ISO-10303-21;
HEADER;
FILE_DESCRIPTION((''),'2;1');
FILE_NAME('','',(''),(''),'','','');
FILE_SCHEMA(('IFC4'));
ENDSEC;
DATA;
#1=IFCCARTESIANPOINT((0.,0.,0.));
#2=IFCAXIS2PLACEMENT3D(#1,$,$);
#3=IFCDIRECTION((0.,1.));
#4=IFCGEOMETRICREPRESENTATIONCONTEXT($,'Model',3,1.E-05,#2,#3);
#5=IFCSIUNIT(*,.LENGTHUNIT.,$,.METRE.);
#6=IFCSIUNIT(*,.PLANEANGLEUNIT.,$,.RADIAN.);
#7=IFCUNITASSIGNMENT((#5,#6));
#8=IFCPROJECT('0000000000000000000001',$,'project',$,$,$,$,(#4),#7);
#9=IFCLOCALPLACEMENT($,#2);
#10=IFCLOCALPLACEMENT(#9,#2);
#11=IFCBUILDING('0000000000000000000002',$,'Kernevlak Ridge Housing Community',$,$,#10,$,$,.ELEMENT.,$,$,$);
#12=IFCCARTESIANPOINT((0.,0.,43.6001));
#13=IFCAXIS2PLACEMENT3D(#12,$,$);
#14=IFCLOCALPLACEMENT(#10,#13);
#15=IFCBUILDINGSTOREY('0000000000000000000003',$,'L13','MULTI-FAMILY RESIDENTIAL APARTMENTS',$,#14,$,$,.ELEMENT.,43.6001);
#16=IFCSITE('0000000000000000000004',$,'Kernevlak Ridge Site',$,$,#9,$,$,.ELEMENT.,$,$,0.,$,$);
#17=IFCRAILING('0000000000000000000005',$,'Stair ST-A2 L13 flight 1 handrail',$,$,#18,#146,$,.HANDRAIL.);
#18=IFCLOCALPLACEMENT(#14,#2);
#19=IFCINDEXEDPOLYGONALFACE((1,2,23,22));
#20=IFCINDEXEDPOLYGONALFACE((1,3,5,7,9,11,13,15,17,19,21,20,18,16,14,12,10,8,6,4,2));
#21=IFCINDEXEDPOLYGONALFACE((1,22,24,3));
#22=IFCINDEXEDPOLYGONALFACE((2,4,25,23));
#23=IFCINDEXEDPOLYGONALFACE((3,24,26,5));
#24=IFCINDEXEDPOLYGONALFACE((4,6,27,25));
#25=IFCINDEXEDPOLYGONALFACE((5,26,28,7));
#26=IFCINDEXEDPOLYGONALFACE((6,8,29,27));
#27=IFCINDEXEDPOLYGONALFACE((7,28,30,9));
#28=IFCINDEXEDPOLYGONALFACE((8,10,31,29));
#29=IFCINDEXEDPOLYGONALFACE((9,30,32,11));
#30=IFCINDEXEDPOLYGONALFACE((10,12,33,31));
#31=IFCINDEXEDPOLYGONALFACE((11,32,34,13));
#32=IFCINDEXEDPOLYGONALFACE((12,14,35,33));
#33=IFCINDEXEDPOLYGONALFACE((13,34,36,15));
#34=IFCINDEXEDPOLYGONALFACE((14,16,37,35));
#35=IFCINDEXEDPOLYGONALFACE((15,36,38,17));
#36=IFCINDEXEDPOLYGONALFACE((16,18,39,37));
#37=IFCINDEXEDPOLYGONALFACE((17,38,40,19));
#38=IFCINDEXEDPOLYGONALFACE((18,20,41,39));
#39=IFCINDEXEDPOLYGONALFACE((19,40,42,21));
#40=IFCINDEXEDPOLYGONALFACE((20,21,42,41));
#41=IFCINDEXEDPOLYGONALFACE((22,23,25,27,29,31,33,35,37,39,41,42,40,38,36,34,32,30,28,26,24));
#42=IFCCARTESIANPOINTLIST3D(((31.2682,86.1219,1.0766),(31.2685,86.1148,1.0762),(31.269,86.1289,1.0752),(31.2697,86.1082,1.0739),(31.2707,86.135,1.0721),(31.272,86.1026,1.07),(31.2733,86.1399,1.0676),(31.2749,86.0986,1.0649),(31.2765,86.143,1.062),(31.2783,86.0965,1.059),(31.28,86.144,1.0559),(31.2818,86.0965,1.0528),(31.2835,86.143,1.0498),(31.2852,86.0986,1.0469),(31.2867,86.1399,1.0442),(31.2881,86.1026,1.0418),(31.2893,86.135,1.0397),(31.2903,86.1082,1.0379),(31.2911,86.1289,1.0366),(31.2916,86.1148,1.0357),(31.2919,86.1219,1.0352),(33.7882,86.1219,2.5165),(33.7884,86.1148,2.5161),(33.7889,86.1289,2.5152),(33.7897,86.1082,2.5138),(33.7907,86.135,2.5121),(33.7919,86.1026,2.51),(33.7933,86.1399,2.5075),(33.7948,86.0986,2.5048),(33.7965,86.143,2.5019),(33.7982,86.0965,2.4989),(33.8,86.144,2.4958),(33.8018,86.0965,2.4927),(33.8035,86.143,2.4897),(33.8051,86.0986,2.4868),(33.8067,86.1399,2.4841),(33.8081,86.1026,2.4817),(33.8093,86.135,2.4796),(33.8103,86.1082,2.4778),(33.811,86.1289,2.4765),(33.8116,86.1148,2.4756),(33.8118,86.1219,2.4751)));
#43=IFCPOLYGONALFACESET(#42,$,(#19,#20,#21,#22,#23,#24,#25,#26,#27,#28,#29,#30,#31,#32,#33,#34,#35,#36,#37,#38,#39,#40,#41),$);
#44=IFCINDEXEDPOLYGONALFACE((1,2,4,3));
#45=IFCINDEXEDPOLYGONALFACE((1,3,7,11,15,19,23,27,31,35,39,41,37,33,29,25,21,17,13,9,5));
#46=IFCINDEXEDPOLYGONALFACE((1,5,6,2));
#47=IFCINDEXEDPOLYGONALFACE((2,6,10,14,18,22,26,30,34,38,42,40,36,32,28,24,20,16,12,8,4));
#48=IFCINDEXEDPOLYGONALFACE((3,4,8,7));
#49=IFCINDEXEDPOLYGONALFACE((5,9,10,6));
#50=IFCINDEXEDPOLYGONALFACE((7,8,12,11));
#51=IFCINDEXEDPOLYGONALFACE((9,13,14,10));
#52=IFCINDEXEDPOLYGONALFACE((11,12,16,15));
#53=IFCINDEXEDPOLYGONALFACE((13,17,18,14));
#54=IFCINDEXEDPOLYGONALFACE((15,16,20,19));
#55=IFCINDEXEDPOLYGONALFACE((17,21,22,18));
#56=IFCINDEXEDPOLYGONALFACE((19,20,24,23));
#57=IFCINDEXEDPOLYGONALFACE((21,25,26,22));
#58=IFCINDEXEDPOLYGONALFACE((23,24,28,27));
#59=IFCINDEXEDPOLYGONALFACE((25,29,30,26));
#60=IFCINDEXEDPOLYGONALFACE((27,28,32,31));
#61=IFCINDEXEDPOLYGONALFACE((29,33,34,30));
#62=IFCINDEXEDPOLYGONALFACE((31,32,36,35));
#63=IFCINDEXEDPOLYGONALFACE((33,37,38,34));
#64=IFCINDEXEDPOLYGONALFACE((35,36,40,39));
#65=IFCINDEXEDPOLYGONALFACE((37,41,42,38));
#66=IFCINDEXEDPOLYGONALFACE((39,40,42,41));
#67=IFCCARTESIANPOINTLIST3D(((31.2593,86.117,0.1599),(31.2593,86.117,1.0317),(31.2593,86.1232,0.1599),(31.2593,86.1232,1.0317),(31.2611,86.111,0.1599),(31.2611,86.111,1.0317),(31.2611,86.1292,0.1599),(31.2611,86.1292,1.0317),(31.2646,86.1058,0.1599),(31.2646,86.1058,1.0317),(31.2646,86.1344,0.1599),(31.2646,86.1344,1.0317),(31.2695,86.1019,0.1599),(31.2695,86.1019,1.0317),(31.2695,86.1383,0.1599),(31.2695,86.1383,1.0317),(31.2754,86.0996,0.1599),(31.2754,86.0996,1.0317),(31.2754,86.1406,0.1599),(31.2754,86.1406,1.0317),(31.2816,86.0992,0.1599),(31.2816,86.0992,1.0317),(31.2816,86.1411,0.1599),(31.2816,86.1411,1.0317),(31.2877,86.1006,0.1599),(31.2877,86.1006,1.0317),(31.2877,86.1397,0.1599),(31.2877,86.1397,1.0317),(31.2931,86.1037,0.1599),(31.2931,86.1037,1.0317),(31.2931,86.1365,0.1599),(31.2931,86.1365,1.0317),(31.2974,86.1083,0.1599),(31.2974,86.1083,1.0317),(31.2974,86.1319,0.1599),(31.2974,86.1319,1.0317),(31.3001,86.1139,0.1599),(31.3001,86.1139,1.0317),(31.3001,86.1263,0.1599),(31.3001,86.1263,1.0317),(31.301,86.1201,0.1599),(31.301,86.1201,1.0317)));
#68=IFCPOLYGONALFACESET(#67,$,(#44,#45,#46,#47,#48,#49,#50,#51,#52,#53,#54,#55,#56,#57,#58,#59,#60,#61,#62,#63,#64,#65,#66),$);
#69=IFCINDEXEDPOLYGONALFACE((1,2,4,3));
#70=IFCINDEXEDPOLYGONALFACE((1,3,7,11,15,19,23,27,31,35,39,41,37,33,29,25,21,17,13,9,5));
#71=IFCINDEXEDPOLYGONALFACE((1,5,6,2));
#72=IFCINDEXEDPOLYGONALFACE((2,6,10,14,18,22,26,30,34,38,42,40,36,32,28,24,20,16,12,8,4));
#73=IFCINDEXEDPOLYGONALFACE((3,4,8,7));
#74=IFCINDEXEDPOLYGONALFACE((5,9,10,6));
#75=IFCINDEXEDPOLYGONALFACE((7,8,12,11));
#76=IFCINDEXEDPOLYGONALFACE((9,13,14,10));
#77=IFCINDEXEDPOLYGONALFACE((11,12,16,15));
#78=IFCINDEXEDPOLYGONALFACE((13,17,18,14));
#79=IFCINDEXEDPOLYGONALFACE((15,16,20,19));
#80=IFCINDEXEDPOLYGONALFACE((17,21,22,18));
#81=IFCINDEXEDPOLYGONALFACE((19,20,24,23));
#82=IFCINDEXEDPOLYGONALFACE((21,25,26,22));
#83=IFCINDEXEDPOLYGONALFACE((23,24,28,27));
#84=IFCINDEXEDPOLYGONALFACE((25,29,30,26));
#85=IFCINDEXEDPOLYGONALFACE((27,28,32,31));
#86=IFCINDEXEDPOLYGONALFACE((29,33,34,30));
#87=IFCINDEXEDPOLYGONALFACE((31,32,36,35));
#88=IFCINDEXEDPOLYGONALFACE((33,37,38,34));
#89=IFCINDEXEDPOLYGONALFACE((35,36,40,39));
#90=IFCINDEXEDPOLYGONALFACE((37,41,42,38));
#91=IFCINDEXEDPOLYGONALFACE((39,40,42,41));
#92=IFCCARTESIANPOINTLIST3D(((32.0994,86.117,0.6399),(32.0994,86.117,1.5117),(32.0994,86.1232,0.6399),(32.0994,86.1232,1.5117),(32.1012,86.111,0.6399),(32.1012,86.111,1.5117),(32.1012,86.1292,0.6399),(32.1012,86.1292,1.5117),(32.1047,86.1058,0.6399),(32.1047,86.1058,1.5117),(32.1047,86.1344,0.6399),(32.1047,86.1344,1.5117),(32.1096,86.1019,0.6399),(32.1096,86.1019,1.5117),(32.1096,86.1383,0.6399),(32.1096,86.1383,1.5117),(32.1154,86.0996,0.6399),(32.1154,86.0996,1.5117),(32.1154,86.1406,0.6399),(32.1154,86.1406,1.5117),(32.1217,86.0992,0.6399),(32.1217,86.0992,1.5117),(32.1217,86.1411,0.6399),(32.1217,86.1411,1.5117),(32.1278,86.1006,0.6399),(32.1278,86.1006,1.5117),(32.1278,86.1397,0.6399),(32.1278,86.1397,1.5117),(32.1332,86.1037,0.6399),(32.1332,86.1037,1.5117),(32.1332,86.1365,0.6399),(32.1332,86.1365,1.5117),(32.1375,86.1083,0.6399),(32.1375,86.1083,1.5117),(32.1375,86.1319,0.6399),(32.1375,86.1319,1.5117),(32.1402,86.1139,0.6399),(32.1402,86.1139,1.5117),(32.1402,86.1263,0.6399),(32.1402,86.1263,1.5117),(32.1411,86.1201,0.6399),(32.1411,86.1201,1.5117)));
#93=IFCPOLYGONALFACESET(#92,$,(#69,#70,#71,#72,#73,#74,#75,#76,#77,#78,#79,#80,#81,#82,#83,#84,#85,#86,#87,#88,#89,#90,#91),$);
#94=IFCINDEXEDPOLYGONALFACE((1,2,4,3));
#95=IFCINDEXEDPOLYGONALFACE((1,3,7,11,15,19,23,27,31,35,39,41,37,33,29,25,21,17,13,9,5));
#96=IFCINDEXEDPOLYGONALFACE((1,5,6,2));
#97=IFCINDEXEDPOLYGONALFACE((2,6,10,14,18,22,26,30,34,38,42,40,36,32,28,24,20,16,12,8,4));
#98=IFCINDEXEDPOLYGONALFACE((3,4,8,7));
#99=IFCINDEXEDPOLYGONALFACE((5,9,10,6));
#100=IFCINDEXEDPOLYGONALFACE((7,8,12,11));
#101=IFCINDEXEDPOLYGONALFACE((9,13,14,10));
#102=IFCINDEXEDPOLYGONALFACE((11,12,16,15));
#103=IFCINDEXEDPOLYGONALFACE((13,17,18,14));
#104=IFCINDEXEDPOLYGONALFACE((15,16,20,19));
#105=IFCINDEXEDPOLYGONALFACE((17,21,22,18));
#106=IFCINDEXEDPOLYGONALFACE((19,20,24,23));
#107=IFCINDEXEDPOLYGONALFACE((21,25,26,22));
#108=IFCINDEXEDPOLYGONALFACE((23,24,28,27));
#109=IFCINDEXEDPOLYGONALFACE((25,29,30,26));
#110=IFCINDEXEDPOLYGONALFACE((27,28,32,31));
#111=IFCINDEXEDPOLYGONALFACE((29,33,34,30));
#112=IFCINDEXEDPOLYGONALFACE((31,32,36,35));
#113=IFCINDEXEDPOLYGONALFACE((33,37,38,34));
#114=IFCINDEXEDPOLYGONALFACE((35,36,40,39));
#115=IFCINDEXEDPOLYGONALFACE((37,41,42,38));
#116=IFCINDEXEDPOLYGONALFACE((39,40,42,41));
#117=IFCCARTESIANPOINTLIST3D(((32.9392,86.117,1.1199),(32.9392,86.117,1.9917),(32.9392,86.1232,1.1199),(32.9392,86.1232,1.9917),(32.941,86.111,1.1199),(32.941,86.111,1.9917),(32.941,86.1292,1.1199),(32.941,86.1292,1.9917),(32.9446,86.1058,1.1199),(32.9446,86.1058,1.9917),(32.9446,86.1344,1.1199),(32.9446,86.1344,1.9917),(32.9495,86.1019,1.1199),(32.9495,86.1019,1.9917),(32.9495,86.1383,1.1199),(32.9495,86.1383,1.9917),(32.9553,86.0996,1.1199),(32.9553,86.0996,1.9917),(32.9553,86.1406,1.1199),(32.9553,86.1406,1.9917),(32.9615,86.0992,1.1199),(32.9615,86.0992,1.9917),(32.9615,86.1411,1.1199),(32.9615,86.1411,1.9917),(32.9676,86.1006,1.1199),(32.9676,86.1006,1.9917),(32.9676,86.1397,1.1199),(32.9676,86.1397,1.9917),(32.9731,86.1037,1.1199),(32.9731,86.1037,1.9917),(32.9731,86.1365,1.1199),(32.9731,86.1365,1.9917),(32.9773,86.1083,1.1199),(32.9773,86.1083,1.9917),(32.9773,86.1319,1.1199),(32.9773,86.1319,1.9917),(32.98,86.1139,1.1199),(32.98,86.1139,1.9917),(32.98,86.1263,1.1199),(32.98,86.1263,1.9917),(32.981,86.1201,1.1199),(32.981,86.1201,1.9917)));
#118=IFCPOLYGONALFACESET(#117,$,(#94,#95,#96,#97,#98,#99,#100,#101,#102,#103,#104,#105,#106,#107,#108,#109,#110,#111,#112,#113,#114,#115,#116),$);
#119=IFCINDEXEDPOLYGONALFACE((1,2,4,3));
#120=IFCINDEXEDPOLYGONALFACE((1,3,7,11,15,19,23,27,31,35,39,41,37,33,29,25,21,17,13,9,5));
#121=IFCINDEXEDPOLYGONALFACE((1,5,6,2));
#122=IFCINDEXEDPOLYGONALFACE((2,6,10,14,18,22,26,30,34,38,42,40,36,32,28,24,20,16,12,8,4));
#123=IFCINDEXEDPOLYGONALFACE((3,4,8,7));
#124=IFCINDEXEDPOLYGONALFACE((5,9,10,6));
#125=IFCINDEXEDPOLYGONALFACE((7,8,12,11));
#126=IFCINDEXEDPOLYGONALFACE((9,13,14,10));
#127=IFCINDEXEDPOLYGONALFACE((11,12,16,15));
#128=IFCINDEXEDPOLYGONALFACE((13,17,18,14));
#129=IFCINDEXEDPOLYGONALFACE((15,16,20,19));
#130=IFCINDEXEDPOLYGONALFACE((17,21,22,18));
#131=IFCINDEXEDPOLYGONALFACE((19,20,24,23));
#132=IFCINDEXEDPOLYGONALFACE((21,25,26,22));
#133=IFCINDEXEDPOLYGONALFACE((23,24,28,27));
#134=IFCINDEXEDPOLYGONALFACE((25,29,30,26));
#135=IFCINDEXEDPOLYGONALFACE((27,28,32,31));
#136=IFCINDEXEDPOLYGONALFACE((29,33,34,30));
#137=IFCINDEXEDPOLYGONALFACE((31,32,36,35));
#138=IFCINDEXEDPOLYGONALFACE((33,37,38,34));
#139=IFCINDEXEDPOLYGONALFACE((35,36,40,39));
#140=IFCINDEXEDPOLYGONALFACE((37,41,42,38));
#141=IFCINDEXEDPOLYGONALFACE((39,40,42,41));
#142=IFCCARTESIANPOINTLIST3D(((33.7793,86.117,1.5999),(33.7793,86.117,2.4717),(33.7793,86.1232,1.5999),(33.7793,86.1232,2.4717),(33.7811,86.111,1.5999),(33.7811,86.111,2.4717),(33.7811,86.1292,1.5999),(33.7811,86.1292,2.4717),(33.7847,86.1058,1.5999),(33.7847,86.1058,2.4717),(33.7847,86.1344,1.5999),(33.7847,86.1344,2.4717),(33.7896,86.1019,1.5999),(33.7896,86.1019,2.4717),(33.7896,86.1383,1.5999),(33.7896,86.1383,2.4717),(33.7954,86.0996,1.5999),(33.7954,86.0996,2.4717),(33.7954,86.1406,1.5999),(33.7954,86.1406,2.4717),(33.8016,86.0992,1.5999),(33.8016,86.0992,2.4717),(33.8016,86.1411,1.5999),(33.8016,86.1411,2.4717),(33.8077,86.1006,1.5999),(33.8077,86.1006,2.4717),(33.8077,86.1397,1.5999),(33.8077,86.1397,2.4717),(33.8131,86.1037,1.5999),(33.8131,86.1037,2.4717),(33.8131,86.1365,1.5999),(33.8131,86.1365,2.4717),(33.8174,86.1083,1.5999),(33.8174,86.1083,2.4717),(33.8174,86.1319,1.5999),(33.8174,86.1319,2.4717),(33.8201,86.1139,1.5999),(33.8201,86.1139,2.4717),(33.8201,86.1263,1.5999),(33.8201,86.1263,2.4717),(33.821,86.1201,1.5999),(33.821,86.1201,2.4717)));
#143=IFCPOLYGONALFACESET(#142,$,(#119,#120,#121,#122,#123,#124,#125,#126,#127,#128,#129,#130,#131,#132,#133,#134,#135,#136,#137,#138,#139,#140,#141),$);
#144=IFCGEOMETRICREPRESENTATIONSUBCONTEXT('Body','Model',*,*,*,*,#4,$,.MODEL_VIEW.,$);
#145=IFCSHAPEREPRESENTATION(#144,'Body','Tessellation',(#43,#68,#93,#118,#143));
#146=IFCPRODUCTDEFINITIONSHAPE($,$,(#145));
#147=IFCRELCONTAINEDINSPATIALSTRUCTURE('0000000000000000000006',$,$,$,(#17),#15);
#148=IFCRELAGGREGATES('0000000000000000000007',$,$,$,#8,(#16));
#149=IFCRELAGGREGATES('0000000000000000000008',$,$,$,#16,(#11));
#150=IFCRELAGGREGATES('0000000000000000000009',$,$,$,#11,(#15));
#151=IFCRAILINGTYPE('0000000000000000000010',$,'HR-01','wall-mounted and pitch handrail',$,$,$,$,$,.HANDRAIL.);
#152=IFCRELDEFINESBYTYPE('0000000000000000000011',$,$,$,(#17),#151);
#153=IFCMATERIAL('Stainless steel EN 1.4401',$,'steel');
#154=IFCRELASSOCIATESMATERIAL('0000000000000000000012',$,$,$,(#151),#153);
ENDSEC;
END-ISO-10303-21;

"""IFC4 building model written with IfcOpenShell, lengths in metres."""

from ifc_helpers import new_model, si_unit, direction, frame, origin, origin_2d, place, context, subcontext, project, spatial, circle, extrude, material, type_object, element, save


model = new_model("IFC4")

# Units and contexts
model_context = context("Model", 3, precision=1e-05, world=origin(), true_north=direction((0.0, 1.0)))
body_context = subcontext(model_context, "Body", "Model", "MODEL_VIEW")
ifc_project = project(units=[si_unit("LENGTHUNIT", "METRE"), si_unit("PLANEANGLEUNIT", "RADIAN")], contexts=[model_context])

# Site, building, storey
site_placement = place(None, origin())
site = spatial("IfcSite", under=ifc_project, at=site_placement, Name="Kernevlak Ridge Site", CompositionType="ELEMENT", RefElevation=0.0)
building_placement = place(site_placement, origin())
building = spatial("IfcBuilding", under=site, at=building_placement, Name="Kernevlak Ridge Housing Community", CompositionType="ELEMENT")
storey_placement = place(building_placement, frame((0.0, 0.0, 43.6001)))
storey = spatial("IfcBuildingStorey", under=building, at=storey_placement, Name="L13", Description="MULTI-FAMILY RESIDENTIAL APARTMENTS", CompositionType="ELEMENT", Elevation=43.6001)

# Railing
ifc_material_1 = material(Name="Stainless steel EN 1.4401", Category="steel")
railing_type_1 = type_object("IfcRailingType", Name="HR-01", Description="wall-mounted and pitch handrail", PredefinedType="HANDRAIL", material=ifc_material_1)
railing_1_placement = place(storey_placement, frame((31.28, 86.1201, 0.1599)))
element("IfcRailing", 1, at=railing_1_placement, inside=storey, type_object=railing_type_1, Name="Stair ST-A2 L13 flight 1 handrail", PredefinedType="HANDRAIL", context=body_context, shape_type="SweptSolid", body=[
    extrude(circle(Radius=0.0239, at=origin_2d()), frame((0.0, 0.0, 0.896), z_axis=(0.868253, 0.0, 0.496121), x_axis=(0.0, 1.0, 0.0)), (0.0, 0.0, 1.0), 2.9023),
    extrude(circle(Radius=0.021, at=origin_2d()), origin(), (0.0, 0.0, 1.0), 0.8718),
    extrude(circle(Radius=0.021, at=origin_2d()), frame((0.8401, 0.0, 0.48)), (0.0, 0.0, 1.0), 0.8718),
    extrude(circle(Radius=0.021, at=origin_2d()), frame((1.6799, 0.0, 0.96)), (0.0, 0.0, 1.0), 0.8718),
    extrude(circle(Radius=0.021, at=origin_2d()), frame((2.52, 0.0, 1.4399)), (0.0, 0.0, 1.0), 0.8718),
])

save(model, "model.ifc")
